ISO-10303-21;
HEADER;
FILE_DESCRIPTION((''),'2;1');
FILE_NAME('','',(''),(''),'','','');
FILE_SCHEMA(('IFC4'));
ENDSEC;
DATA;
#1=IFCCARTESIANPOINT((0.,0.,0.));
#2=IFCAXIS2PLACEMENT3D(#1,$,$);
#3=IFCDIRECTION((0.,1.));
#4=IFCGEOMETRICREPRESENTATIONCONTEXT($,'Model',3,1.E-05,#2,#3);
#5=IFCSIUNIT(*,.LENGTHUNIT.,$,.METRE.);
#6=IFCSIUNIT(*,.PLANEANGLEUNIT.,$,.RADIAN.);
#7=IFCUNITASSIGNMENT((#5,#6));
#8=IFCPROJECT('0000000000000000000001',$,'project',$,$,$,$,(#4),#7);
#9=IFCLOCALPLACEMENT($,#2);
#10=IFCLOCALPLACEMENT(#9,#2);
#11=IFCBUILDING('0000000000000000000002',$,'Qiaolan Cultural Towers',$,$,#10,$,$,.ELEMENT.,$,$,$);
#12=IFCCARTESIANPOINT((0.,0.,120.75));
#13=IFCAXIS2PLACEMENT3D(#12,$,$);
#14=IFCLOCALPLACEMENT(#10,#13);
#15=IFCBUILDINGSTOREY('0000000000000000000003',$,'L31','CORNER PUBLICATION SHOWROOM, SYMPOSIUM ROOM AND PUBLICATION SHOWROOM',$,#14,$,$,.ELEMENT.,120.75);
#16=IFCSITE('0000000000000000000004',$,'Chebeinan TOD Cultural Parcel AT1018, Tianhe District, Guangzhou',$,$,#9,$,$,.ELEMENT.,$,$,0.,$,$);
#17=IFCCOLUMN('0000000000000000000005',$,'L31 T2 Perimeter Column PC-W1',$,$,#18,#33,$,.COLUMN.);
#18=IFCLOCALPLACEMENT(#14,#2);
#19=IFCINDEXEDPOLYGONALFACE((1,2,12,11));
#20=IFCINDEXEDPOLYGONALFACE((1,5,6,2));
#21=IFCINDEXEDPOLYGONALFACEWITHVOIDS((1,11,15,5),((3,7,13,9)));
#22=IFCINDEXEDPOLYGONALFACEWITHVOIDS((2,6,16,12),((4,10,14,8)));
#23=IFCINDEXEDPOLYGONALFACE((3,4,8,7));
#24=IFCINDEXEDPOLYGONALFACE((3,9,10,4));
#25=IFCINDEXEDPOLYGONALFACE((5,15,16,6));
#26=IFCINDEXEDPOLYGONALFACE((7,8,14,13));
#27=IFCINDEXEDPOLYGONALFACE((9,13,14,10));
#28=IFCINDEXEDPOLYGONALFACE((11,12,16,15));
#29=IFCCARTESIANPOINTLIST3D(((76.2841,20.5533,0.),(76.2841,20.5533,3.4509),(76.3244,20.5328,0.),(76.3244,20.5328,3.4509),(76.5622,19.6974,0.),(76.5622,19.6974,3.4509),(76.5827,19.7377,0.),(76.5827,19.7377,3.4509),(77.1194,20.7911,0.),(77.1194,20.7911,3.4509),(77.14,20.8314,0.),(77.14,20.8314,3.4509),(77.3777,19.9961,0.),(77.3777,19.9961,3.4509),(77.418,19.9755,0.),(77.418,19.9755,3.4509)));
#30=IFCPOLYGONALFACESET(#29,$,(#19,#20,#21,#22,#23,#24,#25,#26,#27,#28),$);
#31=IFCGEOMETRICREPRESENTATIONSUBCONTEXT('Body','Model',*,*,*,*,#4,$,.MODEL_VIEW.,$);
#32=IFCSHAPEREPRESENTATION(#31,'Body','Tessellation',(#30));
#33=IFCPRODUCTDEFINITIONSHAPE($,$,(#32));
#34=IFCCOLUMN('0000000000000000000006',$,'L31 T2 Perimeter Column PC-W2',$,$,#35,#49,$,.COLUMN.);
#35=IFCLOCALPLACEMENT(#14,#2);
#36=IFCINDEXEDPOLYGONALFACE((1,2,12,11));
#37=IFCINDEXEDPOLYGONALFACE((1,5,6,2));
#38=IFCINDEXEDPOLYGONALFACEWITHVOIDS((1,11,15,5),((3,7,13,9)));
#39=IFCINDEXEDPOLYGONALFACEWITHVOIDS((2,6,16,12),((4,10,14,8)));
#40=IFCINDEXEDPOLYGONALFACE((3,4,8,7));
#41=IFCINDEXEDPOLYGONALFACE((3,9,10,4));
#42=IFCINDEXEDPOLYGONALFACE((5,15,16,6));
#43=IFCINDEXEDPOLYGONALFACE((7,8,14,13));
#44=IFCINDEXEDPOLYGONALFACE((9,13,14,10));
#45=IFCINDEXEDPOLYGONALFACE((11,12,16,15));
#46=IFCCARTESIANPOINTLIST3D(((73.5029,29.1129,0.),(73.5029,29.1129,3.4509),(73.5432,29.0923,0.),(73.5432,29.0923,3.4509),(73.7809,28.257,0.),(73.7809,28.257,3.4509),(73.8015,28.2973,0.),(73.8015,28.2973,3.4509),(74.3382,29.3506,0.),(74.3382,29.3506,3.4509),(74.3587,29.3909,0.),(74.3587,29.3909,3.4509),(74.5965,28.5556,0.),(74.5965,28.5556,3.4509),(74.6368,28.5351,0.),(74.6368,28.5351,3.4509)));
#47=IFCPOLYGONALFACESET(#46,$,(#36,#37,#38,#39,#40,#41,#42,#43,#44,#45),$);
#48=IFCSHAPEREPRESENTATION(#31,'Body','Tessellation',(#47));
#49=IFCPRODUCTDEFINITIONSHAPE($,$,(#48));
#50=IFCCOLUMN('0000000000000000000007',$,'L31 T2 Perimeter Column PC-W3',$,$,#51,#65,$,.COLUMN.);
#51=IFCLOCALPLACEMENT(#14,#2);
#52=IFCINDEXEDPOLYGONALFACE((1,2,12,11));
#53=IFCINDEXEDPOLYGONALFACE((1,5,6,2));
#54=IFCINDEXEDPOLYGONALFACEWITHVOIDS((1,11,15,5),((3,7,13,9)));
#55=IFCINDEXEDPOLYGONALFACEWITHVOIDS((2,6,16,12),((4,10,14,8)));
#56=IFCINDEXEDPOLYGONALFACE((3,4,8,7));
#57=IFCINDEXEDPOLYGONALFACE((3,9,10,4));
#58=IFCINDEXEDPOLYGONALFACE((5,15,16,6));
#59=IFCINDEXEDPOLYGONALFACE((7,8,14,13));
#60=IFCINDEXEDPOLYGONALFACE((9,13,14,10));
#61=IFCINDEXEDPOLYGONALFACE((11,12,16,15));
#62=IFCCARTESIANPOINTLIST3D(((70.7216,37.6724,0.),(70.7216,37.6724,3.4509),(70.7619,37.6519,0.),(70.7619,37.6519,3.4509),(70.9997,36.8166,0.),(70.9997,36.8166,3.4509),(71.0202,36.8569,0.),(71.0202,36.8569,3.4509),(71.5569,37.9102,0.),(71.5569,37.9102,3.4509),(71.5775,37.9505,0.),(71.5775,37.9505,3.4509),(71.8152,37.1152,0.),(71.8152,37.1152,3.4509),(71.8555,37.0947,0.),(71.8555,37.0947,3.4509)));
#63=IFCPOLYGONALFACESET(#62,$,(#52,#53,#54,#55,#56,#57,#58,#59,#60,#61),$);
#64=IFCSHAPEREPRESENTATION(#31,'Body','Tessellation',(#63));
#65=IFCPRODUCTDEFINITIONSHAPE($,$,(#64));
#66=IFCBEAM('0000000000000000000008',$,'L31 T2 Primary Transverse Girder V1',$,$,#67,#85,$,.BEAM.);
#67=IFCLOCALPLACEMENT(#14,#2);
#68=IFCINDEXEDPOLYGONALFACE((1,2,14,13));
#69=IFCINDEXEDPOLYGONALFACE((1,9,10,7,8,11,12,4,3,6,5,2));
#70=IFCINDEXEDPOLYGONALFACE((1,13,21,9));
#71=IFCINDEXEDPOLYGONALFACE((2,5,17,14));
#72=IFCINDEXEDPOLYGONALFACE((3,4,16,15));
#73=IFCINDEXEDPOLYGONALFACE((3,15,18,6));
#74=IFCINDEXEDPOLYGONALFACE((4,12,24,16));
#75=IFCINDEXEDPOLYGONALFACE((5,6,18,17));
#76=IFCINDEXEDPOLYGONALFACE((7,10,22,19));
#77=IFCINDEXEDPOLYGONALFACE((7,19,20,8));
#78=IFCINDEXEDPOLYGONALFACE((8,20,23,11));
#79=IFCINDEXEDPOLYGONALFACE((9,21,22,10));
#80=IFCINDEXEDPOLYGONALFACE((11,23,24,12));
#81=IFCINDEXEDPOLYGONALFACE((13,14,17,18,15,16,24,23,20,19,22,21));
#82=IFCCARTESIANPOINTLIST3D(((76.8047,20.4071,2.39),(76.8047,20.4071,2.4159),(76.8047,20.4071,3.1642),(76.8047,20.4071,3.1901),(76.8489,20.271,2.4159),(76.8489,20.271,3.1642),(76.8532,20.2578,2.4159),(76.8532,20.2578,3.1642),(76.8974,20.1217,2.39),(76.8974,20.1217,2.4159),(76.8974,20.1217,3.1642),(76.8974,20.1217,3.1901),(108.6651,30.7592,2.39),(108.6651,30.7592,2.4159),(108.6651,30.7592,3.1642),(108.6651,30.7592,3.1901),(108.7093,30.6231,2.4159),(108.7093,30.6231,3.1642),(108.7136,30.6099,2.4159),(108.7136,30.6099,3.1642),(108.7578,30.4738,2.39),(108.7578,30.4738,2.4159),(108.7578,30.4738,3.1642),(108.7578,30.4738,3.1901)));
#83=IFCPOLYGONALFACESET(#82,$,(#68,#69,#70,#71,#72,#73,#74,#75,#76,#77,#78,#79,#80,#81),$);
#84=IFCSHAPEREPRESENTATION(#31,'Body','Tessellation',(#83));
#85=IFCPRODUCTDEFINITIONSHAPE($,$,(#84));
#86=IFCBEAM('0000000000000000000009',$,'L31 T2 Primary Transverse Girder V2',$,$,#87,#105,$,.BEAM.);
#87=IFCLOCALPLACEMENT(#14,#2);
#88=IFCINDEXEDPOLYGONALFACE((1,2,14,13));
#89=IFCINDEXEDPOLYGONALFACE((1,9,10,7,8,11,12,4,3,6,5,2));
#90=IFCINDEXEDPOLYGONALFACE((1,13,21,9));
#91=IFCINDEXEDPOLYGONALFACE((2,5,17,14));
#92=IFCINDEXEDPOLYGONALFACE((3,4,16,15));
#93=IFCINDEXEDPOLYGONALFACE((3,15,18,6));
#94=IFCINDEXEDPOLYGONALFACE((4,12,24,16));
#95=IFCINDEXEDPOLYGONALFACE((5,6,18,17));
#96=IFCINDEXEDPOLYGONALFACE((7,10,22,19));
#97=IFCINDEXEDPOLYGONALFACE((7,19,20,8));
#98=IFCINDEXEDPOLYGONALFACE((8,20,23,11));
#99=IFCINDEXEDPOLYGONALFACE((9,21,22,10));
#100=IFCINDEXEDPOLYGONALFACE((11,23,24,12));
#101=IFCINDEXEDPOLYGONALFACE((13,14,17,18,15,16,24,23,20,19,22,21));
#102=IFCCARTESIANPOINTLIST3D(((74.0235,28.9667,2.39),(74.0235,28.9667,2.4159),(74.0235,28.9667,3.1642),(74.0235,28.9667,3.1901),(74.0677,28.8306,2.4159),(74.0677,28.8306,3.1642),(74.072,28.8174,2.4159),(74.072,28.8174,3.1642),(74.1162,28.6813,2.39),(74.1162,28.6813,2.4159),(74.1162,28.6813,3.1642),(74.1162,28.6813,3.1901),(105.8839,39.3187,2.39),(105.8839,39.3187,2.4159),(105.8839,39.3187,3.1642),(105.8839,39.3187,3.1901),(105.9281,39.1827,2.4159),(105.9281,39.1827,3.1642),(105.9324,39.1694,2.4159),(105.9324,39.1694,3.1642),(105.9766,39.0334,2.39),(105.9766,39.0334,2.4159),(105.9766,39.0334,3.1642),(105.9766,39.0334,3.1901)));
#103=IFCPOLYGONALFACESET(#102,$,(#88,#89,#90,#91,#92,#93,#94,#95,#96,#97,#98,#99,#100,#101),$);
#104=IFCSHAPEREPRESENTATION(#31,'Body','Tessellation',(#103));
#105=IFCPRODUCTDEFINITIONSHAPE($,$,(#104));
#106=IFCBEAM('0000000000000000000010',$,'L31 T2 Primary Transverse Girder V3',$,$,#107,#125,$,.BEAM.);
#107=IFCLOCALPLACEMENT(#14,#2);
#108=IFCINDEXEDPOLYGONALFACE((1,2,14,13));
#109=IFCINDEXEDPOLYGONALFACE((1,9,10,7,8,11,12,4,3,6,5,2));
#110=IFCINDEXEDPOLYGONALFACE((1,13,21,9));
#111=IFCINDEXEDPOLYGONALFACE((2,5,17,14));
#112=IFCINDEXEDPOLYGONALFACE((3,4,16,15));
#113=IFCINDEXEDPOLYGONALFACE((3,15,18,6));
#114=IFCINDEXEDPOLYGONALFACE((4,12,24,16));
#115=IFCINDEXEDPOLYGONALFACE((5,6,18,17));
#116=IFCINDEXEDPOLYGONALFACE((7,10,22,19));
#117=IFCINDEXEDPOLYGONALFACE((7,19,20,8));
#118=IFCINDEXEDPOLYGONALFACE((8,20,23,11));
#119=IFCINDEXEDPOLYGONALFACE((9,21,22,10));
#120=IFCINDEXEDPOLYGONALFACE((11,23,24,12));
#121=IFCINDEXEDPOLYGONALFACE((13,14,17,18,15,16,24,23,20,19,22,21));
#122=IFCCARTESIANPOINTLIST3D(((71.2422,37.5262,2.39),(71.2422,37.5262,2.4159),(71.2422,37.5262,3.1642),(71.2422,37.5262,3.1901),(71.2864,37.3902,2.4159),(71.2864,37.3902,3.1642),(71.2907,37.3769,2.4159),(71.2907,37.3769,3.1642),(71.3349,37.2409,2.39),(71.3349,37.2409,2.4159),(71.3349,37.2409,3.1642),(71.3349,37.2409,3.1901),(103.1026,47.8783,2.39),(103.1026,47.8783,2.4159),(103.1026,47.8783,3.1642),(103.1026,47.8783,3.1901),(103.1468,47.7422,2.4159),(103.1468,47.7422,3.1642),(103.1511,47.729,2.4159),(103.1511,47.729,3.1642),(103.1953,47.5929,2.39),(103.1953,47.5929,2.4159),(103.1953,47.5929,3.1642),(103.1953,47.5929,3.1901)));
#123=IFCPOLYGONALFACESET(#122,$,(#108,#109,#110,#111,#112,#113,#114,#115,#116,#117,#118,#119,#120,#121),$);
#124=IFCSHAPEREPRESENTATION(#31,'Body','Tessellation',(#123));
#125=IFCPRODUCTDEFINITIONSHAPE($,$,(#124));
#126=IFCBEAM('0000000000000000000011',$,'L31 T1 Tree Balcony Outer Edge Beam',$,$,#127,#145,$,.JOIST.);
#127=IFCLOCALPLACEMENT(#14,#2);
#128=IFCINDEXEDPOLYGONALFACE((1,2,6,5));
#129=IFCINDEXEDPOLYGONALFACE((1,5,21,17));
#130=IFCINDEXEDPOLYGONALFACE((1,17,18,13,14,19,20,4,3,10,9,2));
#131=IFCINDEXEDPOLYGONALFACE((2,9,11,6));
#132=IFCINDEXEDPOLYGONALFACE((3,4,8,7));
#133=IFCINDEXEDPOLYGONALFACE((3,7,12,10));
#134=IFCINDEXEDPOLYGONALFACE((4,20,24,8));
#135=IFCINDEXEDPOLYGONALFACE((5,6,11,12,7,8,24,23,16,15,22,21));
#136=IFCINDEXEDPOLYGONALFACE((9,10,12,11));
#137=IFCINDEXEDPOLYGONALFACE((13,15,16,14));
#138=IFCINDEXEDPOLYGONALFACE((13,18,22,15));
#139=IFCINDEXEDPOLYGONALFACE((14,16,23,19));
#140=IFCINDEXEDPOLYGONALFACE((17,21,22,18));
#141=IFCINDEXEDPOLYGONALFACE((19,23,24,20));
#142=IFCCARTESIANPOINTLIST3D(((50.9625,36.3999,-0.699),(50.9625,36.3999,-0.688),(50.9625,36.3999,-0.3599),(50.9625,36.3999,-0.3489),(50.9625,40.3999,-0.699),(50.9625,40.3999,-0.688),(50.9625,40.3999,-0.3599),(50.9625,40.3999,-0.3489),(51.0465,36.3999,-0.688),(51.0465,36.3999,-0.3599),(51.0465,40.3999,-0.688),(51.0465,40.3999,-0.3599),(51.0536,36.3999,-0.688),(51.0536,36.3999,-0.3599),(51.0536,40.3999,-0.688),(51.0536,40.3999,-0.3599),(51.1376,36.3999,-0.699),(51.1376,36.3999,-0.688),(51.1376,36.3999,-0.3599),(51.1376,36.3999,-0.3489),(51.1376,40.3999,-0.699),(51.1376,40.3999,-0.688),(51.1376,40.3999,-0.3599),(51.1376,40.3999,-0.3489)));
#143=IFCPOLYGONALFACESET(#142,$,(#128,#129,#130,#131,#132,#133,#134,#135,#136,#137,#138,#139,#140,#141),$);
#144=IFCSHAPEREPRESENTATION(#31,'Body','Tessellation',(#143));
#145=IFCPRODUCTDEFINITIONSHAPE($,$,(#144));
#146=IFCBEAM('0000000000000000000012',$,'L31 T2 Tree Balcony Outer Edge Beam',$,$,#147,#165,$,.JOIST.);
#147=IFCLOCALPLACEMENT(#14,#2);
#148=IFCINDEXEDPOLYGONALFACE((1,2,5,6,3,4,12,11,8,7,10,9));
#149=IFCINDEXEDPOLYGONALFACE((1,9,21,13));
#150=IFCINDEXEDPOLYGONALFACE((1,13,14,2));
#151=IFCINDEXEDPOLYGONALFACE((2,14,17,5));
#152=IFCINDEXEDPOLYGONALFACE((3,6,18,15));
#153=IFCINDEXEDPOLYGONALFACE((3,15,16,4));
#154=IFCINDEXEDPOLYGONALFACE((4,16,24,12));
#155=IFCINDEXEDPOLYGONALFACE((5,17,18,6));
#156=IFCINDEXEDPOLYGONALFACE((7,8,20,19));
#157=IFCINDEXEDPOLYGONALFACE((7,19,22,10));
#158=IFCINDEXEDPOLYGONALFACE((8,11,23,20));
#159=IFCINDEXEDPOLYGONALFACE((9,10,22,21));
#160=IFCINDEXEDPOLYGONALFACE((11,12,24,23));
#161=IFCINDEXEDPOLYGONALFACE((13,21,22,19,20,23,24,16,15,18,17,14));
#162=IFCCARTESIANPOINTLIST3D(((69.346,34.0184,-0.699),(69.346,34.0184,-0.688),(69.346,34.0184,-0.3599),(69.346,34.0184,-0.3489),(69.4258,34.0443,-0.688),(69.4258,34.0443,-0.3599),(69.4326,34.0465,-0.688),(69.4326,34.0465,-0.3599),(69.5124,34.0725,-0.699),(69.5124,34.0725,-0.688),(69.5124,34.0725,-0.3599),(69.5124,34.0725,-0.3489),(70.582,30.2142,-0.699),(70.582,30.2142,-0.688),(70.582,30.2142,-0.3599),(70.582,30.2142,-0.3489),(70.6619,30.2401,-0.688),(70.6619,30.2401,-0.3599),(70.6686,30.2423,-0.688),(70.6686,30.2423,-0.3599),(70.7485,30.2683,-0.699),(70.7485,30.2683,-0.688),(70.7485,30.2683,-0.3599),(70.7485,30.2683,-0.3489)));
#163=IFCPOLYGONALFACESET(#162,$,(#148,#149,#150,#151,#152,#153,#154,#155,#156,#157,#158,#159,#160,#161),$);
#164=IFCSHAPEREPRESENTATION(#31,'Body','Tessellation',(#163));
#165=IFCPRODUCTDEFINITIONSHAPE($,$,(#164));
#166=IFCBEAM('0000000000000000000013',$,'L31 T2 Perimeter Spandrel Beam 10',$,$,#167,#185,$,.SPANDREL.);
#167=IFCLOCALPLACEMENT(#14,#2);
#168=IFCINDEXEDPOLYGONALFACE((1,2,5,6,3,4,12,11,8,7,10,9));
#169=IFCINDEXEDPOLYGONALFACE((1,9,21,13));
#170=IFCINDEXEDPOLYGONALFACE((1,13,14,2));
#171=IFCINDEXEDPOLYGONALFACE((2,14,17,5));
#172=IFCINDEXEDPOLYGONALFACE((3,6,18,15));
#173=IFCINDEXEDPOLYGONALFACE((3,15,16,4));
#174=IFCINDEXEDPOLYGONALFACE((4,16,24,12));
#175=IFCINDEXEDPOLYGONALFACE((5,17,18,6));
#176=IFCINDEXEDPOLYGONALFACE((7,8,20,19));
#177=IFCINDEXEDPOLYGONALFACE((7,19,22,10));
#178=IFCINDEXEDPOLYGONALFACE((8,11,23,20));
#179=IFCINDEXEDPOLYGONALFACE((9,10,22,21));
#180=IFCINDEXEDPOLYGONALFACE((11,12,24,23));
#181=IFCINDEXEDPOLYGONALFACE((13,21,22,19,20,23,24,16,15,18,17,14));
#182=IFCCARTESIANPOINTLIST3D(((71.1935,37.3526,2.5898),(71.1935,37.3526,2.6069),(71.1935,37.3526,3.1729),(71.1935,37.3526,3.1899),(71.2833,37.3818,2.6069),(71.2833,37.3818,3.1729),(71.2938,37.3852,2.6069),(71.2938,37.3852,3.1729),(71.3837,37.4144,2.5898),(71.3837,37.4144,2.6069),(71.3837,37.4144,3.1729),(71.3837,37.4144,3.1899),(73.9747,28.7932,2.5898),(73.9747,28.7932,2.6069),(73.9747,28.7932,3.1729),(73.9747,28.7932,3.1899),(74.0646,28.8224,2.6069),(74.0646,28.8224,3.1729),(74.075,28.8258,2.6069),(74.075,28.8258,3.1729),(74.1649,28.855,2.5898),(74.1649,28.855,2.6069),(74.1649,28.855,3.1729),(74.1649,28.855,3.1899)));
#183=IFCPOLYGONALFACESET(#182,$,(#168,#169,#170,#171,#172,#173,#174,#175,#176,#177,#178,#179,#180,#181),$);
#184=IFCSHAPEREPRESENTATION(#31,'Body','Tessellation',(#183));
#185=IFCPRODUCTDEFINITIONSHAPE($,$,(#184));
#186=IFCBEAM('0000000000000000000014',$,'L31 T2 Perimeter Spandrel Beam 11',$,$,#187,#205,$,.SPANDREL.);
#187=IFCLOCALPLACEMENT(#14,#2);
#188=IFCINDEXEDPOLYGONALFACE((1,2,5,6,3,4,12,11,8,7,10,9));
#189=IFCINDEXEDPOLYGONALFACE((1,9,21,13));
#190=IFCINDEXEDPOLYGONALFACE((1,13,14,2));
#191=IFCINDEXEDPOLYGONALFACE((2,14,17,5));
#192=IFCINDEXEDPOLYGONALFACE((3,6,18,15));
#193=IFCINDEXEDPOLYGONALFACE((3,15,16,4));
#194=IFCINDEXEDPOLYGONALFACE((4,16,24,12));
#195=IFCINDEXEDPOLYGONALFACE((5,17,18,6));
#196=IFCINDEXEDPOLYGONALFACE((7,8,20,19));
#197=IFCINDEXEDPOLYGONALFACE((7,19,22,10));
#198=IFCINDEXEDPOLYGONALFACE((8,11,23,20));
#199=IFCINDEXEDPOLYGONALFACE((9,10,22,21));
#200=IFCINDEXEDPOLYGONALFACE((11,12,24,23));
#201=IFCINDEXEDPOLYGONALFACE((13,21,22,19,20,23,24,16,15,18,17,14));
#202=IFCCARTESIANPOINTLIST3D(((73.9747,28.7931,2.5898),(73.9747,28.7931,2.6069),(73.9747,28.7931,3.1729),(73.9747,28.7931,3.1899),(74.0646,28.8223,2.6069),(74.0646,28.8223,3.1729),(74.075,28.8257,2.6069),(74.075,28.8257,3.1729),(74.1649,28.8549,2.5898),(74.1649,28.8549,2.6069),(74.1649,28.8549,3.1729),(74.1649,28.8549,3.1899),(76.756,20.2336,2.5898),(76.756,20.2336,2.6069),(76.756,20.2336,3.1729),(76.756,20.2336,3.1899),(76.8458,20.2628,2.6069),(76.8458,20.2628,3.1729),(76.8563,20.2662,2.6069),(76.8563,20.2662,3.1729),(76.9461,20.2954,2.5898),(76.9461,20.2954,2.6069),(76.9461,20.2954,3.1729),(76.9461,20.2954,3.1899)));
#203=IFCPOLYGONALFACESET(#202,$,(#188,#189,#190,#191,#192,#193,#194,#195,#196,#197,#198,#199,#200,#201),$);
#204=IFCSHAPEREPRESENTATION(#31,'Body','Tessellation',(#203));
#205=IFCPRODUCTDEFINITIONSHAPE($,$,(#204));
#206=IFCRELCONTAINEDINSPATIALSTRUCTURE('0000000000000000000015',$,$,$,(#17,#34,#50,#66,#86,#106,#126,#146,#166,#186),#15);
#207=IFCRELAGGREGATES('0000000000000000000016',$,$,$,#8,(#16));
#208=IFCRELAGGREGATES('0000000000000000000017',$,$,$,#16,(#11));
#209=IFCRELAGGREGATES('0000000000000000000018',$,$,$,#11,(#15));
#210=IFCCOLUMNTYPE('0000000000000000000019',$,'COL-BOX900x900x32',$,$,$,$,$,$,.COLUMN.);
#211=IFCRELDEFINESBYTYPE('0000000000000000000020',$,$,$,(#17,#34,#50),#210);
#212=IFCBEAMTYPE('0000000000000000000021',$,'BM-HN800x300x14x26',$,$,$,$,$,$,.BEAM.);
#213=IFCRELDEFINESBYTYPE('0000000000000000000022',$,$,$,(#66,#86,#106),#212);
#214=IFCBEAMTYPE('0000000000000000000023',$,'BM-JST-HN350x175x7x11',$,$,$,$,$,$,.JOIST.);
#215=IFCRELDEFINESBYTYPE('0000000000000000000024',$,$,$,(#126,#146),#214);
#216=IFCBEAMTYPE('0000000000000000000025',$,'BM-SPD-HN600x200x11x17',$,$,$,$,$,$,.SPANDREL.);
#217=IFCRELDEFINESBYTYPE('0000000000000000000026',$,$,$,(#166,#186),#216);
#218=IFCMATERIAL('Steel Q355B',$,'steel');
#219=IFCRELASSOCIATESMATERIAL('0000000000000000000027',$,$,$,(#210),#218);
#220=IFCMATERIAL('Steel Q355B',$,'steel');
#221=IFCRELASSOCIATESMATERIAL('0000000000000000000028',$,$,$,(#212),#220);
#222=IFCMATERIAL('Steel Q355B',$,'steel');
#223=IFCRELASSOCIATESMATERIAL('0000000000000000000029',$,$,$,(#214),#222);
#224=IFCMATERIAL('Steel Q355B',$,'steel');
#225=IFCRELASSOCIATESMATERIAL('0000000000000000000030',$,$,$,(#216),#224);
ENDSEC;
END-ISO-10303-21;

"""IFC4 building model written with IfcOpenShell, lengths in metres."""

from ifc_helpers import new_model, si_unit, direction, frame, origin, origin_2d, place, context, subcontext, project, spatial, hollow_rectangle, i_section, extrude, material, material_profile, profile_set, type_object, element, save


model = new_model("IFC4")

# Units and contexts
model_context = context("Model", 3, precision=1e-05, world=origin(), true_north=direction((0.0, 1.0)))
body_context = subcontext(model_context, "Body", "Model", "MODEL_VIEW")
ifc_project = project(units=[si_unit("LENGTHUNIT", "METRE"), si_unit("PLANEANGLEUNIT", "RADIAN")], contexts=[model_context])

# Site, building, storey
site_placement = place(None, origin())
site = spatial("IfcSite", under=ifc_project, at=site_placement, Name="Chebeinan TOD Cultural Parcel AT1018, Tianhe District, Guangzhou", CompositionType="ELEMENT", RefElevation=0.0)
building_placement = place(site_placement, origin())
building = spatial("IfcBuilding", under=site, at=building_placement, Name="Qiaolan Cultural Towers", CompositionType="ELEMENT")
storey_placement = place(building_placement, frame((0.0, 0.0, 120.75)))
storey = spatial("IfcBuildingStorey", under=building, at=storey_placement, Name="L31", Description="CORNER PUBLICATION SHOWROOM, SYMPOSIUM ROOM AND PUBLICATION SHOWROOM", CompositionType="ELEMENT", Elevation=120.75)

# Columns
ifc_material_1 = material(Name="Steel Q355B", Category="steel")
ifc_material_profile_1 = material_profile(ifc_material_1, hollow_rectangle(XDim=0.8999, YDim=0.8999, WallThickness=0.032, at=origin_2d()), Name="BOX900x900x32")
ifc_profile_set_1 = profile_set([ifc_material_profile_1], Name="Steel Q355B")
column_type = type_object("IfcColumnType", Name="COL-BOX900x900x32", PredefinedType="COLUMN", material=ifc_profile_set_1)
for number, where, z_axis, x_axis, name in (
    (1, (76.8511, 20.2644, 0.0), (0.0, 0.0, 1.0), (0.951057, 0.309017, 0.0), "L31 T2 Perimeter Column PC-W1"),
    (2, (74.0698, 28.824, 0.0), (0.0, 0.0, 1.0), (0.951057, 0.309017, 0.0), "L31 T2 Perimeter Column PC-W2"),
    (3, (71.2886, 37.3835, 0.0), (0.0, 0.0, 1.0), (0.951057, 0.309017, 0.0), "L31 T2 Perimeter Column PC-W3"),
):
    element("IfcColumn", number, at=place(storey_placement, frame(where, z_axis=z_axis, x_axis=x_axis)), inside=storey, type_object=column_type, Name=name, PredefinedType="COLUMN", context=body_context, shape_type="SweptSolid", body=[
        extrude(hollow_rectangle(XDim=0.8999, YDim=0.8999, WallThickness=0.032, at=origin_2d()), origin(), (0.0, 0.0, 1.0), 3.4509),
    ])

# Beams
ifc_material_2 = material(Name="Steel Q355B", Category="steel")
ifc_material_profile_2 = material_profile(ifc_material_2, i_section(OverallWidth=0.3, OverallDepth=0.8, WebThickness=0.0139, FlangeThickness=0.0259, at=origin_2d()), Name="HN800x300x14x26")
ifc_profile_set_2 = profile_set([ifc_material_profile_2], Name="Steel Q355B")
beam_type_1 = type_object("IfcBeamType", Name="BM-HN800x300x14x26", PredefinedType="BEAM", material=ifc_profile_set_2)
for number, where, z_axis, x_axis, name in (
    (4, (76.8511, 20.2644, 2.79), (0.951057, 0.309017, 0.0), (-0.309017, 0.951057, 0.0), "L31 T2 Primary Transverse Girder V1"),
    (5, (74.0698, 28.824, 2.79), (0.951057, 0.309017, 0.0), (-0.309017, 0.951057, 0.0), "L31 T2 Primary Transverse Girder V2"),
    (6, (71.2886, 37.3835, 2.79), (0.951057, 0.309017, 0.0), (-0.309017, 0.951057, 0.0), "L31 T2 Primary Transverse Girder V3"),
):
    element("IfcBeam", number, at=place(storey_placement, frame(where, z_axis=z_axis, x_axis=x_axis)), inside=storey, type_object=beam_type_1, Name=name, PredefinedType="BEAM", context=body_context, shape_type="SweptSolid", body=[
        extrude(i_section(OverallWidth=0.3, OverallDepth=0.8, WebThickness=0.0139, FlangeThickness=0.0259, at=origin_2d()), origin(), (0.0, 0.0, 1.0), 33.5),
    ])
ifc_material_3 = material(Name="Steel Q355B", Category="steel")
ifc_material_profile_3 = material_profile(ifc_material_3, i_section(OverallWidth=0.175, OverallDepth=0.3501, WebThickness=0.0071, FlangeThickness=0.011, at=origin_2d()), Name="HN350x175x7x11")
ifc_profile_set_3 = profile_set([ifc_material_profile_3], Name="Steel Q355B")
beam_type_2 = type_object("IfcBeamType", Name="BM-JST-HN350x175x7x11", PredefinedType="JOIST", material=ifc_profile_set_3)
for number, where, z_axis, x_axis, name in (
    (7, (51.05, 36.3999, -0.5239), (0.0, 1.0, 0.0), (-1.0, 0.0, 0.0), "L31 T1 Tree Balcony Outer Edge Beam"),
    (8, (70.6653, 30.2412, -0.5239), (-0.309023, 0.951055, 0.0), (-0.951055, -0.309023, 0.0), "L31 T2 Tree Balcony Outer Edge Beam"),
):
    element("IfcBeam", number, at=place(storey_placement, frame(where, z_axis=z_axis, x_axis=x_axis)), inside=storey, type_object=beam_type_2, Name=name, PredefinedType="JOIST", context=body_context, shape_type="SweptSolid", body=[
        extrude(i_section(OverallWidth=0.175, OverallDepth=0.3501, WebThickness=0.0071, FlangeThickness=0.011, at=origin_2d()), origin(), (0.0, 0.0, 1.0), 4.0),
    ])
ifc_material_4 = material(Name="Steel Q355B", Category="steel")
ifc_material_profile_4 = material_profile(ifc_material_4, i_section(OverallWidth=0.2, OverallDepth=0.6001, WebThickness=0.011, FlangeThickness=0.0171, at=origin_2d()), Name="HN600x200x11x17")
ifc_profile_set_4 = profile_set([ifc_material_profile_4], Name="Steel Q355B")
beam_type_3 = type_object("IfcBeamType", Name="BM-SPD-HN600x200x11x17", PredefinedType="SPANDREL", material=ifc_profile_set_4)
for number, where, z_axis, x_axis, name in (
    (9, (71.2886, 37.3835, 2.8899), (0.309025, -0.951054, 0.0), (0.951054, 0.309025, 0.0), "L31 T2 Perimeter Spandrel Beam 10"),
    (10, (74.0698, 28.824, 2.8899), (0.309025, -0.951054, 0.0), (0.951054, 0.309025, 0.0), "L31 T2 Perimeter Spandrel Beam 11"),
):
    element("IfcBeam", number, at=place(storey_placement, frame(where, z_axis=z_axis, x_axis=x_axis)), inside=storey, type_object=beam_type_3, Name=name, PredefinedType="SPANDREL", context=body_context, shape_type="SweptSolid", body=[
        extrude(i_section(OverallWidth=0.2, OverallDepth=0.6001, WebThickness=0.011, FlangeThickness=0.0171, at=origin_2d()), origin(), (0.0, 0.0, 1.0), 9.0),
    ])

save(model, "model.ifc")
